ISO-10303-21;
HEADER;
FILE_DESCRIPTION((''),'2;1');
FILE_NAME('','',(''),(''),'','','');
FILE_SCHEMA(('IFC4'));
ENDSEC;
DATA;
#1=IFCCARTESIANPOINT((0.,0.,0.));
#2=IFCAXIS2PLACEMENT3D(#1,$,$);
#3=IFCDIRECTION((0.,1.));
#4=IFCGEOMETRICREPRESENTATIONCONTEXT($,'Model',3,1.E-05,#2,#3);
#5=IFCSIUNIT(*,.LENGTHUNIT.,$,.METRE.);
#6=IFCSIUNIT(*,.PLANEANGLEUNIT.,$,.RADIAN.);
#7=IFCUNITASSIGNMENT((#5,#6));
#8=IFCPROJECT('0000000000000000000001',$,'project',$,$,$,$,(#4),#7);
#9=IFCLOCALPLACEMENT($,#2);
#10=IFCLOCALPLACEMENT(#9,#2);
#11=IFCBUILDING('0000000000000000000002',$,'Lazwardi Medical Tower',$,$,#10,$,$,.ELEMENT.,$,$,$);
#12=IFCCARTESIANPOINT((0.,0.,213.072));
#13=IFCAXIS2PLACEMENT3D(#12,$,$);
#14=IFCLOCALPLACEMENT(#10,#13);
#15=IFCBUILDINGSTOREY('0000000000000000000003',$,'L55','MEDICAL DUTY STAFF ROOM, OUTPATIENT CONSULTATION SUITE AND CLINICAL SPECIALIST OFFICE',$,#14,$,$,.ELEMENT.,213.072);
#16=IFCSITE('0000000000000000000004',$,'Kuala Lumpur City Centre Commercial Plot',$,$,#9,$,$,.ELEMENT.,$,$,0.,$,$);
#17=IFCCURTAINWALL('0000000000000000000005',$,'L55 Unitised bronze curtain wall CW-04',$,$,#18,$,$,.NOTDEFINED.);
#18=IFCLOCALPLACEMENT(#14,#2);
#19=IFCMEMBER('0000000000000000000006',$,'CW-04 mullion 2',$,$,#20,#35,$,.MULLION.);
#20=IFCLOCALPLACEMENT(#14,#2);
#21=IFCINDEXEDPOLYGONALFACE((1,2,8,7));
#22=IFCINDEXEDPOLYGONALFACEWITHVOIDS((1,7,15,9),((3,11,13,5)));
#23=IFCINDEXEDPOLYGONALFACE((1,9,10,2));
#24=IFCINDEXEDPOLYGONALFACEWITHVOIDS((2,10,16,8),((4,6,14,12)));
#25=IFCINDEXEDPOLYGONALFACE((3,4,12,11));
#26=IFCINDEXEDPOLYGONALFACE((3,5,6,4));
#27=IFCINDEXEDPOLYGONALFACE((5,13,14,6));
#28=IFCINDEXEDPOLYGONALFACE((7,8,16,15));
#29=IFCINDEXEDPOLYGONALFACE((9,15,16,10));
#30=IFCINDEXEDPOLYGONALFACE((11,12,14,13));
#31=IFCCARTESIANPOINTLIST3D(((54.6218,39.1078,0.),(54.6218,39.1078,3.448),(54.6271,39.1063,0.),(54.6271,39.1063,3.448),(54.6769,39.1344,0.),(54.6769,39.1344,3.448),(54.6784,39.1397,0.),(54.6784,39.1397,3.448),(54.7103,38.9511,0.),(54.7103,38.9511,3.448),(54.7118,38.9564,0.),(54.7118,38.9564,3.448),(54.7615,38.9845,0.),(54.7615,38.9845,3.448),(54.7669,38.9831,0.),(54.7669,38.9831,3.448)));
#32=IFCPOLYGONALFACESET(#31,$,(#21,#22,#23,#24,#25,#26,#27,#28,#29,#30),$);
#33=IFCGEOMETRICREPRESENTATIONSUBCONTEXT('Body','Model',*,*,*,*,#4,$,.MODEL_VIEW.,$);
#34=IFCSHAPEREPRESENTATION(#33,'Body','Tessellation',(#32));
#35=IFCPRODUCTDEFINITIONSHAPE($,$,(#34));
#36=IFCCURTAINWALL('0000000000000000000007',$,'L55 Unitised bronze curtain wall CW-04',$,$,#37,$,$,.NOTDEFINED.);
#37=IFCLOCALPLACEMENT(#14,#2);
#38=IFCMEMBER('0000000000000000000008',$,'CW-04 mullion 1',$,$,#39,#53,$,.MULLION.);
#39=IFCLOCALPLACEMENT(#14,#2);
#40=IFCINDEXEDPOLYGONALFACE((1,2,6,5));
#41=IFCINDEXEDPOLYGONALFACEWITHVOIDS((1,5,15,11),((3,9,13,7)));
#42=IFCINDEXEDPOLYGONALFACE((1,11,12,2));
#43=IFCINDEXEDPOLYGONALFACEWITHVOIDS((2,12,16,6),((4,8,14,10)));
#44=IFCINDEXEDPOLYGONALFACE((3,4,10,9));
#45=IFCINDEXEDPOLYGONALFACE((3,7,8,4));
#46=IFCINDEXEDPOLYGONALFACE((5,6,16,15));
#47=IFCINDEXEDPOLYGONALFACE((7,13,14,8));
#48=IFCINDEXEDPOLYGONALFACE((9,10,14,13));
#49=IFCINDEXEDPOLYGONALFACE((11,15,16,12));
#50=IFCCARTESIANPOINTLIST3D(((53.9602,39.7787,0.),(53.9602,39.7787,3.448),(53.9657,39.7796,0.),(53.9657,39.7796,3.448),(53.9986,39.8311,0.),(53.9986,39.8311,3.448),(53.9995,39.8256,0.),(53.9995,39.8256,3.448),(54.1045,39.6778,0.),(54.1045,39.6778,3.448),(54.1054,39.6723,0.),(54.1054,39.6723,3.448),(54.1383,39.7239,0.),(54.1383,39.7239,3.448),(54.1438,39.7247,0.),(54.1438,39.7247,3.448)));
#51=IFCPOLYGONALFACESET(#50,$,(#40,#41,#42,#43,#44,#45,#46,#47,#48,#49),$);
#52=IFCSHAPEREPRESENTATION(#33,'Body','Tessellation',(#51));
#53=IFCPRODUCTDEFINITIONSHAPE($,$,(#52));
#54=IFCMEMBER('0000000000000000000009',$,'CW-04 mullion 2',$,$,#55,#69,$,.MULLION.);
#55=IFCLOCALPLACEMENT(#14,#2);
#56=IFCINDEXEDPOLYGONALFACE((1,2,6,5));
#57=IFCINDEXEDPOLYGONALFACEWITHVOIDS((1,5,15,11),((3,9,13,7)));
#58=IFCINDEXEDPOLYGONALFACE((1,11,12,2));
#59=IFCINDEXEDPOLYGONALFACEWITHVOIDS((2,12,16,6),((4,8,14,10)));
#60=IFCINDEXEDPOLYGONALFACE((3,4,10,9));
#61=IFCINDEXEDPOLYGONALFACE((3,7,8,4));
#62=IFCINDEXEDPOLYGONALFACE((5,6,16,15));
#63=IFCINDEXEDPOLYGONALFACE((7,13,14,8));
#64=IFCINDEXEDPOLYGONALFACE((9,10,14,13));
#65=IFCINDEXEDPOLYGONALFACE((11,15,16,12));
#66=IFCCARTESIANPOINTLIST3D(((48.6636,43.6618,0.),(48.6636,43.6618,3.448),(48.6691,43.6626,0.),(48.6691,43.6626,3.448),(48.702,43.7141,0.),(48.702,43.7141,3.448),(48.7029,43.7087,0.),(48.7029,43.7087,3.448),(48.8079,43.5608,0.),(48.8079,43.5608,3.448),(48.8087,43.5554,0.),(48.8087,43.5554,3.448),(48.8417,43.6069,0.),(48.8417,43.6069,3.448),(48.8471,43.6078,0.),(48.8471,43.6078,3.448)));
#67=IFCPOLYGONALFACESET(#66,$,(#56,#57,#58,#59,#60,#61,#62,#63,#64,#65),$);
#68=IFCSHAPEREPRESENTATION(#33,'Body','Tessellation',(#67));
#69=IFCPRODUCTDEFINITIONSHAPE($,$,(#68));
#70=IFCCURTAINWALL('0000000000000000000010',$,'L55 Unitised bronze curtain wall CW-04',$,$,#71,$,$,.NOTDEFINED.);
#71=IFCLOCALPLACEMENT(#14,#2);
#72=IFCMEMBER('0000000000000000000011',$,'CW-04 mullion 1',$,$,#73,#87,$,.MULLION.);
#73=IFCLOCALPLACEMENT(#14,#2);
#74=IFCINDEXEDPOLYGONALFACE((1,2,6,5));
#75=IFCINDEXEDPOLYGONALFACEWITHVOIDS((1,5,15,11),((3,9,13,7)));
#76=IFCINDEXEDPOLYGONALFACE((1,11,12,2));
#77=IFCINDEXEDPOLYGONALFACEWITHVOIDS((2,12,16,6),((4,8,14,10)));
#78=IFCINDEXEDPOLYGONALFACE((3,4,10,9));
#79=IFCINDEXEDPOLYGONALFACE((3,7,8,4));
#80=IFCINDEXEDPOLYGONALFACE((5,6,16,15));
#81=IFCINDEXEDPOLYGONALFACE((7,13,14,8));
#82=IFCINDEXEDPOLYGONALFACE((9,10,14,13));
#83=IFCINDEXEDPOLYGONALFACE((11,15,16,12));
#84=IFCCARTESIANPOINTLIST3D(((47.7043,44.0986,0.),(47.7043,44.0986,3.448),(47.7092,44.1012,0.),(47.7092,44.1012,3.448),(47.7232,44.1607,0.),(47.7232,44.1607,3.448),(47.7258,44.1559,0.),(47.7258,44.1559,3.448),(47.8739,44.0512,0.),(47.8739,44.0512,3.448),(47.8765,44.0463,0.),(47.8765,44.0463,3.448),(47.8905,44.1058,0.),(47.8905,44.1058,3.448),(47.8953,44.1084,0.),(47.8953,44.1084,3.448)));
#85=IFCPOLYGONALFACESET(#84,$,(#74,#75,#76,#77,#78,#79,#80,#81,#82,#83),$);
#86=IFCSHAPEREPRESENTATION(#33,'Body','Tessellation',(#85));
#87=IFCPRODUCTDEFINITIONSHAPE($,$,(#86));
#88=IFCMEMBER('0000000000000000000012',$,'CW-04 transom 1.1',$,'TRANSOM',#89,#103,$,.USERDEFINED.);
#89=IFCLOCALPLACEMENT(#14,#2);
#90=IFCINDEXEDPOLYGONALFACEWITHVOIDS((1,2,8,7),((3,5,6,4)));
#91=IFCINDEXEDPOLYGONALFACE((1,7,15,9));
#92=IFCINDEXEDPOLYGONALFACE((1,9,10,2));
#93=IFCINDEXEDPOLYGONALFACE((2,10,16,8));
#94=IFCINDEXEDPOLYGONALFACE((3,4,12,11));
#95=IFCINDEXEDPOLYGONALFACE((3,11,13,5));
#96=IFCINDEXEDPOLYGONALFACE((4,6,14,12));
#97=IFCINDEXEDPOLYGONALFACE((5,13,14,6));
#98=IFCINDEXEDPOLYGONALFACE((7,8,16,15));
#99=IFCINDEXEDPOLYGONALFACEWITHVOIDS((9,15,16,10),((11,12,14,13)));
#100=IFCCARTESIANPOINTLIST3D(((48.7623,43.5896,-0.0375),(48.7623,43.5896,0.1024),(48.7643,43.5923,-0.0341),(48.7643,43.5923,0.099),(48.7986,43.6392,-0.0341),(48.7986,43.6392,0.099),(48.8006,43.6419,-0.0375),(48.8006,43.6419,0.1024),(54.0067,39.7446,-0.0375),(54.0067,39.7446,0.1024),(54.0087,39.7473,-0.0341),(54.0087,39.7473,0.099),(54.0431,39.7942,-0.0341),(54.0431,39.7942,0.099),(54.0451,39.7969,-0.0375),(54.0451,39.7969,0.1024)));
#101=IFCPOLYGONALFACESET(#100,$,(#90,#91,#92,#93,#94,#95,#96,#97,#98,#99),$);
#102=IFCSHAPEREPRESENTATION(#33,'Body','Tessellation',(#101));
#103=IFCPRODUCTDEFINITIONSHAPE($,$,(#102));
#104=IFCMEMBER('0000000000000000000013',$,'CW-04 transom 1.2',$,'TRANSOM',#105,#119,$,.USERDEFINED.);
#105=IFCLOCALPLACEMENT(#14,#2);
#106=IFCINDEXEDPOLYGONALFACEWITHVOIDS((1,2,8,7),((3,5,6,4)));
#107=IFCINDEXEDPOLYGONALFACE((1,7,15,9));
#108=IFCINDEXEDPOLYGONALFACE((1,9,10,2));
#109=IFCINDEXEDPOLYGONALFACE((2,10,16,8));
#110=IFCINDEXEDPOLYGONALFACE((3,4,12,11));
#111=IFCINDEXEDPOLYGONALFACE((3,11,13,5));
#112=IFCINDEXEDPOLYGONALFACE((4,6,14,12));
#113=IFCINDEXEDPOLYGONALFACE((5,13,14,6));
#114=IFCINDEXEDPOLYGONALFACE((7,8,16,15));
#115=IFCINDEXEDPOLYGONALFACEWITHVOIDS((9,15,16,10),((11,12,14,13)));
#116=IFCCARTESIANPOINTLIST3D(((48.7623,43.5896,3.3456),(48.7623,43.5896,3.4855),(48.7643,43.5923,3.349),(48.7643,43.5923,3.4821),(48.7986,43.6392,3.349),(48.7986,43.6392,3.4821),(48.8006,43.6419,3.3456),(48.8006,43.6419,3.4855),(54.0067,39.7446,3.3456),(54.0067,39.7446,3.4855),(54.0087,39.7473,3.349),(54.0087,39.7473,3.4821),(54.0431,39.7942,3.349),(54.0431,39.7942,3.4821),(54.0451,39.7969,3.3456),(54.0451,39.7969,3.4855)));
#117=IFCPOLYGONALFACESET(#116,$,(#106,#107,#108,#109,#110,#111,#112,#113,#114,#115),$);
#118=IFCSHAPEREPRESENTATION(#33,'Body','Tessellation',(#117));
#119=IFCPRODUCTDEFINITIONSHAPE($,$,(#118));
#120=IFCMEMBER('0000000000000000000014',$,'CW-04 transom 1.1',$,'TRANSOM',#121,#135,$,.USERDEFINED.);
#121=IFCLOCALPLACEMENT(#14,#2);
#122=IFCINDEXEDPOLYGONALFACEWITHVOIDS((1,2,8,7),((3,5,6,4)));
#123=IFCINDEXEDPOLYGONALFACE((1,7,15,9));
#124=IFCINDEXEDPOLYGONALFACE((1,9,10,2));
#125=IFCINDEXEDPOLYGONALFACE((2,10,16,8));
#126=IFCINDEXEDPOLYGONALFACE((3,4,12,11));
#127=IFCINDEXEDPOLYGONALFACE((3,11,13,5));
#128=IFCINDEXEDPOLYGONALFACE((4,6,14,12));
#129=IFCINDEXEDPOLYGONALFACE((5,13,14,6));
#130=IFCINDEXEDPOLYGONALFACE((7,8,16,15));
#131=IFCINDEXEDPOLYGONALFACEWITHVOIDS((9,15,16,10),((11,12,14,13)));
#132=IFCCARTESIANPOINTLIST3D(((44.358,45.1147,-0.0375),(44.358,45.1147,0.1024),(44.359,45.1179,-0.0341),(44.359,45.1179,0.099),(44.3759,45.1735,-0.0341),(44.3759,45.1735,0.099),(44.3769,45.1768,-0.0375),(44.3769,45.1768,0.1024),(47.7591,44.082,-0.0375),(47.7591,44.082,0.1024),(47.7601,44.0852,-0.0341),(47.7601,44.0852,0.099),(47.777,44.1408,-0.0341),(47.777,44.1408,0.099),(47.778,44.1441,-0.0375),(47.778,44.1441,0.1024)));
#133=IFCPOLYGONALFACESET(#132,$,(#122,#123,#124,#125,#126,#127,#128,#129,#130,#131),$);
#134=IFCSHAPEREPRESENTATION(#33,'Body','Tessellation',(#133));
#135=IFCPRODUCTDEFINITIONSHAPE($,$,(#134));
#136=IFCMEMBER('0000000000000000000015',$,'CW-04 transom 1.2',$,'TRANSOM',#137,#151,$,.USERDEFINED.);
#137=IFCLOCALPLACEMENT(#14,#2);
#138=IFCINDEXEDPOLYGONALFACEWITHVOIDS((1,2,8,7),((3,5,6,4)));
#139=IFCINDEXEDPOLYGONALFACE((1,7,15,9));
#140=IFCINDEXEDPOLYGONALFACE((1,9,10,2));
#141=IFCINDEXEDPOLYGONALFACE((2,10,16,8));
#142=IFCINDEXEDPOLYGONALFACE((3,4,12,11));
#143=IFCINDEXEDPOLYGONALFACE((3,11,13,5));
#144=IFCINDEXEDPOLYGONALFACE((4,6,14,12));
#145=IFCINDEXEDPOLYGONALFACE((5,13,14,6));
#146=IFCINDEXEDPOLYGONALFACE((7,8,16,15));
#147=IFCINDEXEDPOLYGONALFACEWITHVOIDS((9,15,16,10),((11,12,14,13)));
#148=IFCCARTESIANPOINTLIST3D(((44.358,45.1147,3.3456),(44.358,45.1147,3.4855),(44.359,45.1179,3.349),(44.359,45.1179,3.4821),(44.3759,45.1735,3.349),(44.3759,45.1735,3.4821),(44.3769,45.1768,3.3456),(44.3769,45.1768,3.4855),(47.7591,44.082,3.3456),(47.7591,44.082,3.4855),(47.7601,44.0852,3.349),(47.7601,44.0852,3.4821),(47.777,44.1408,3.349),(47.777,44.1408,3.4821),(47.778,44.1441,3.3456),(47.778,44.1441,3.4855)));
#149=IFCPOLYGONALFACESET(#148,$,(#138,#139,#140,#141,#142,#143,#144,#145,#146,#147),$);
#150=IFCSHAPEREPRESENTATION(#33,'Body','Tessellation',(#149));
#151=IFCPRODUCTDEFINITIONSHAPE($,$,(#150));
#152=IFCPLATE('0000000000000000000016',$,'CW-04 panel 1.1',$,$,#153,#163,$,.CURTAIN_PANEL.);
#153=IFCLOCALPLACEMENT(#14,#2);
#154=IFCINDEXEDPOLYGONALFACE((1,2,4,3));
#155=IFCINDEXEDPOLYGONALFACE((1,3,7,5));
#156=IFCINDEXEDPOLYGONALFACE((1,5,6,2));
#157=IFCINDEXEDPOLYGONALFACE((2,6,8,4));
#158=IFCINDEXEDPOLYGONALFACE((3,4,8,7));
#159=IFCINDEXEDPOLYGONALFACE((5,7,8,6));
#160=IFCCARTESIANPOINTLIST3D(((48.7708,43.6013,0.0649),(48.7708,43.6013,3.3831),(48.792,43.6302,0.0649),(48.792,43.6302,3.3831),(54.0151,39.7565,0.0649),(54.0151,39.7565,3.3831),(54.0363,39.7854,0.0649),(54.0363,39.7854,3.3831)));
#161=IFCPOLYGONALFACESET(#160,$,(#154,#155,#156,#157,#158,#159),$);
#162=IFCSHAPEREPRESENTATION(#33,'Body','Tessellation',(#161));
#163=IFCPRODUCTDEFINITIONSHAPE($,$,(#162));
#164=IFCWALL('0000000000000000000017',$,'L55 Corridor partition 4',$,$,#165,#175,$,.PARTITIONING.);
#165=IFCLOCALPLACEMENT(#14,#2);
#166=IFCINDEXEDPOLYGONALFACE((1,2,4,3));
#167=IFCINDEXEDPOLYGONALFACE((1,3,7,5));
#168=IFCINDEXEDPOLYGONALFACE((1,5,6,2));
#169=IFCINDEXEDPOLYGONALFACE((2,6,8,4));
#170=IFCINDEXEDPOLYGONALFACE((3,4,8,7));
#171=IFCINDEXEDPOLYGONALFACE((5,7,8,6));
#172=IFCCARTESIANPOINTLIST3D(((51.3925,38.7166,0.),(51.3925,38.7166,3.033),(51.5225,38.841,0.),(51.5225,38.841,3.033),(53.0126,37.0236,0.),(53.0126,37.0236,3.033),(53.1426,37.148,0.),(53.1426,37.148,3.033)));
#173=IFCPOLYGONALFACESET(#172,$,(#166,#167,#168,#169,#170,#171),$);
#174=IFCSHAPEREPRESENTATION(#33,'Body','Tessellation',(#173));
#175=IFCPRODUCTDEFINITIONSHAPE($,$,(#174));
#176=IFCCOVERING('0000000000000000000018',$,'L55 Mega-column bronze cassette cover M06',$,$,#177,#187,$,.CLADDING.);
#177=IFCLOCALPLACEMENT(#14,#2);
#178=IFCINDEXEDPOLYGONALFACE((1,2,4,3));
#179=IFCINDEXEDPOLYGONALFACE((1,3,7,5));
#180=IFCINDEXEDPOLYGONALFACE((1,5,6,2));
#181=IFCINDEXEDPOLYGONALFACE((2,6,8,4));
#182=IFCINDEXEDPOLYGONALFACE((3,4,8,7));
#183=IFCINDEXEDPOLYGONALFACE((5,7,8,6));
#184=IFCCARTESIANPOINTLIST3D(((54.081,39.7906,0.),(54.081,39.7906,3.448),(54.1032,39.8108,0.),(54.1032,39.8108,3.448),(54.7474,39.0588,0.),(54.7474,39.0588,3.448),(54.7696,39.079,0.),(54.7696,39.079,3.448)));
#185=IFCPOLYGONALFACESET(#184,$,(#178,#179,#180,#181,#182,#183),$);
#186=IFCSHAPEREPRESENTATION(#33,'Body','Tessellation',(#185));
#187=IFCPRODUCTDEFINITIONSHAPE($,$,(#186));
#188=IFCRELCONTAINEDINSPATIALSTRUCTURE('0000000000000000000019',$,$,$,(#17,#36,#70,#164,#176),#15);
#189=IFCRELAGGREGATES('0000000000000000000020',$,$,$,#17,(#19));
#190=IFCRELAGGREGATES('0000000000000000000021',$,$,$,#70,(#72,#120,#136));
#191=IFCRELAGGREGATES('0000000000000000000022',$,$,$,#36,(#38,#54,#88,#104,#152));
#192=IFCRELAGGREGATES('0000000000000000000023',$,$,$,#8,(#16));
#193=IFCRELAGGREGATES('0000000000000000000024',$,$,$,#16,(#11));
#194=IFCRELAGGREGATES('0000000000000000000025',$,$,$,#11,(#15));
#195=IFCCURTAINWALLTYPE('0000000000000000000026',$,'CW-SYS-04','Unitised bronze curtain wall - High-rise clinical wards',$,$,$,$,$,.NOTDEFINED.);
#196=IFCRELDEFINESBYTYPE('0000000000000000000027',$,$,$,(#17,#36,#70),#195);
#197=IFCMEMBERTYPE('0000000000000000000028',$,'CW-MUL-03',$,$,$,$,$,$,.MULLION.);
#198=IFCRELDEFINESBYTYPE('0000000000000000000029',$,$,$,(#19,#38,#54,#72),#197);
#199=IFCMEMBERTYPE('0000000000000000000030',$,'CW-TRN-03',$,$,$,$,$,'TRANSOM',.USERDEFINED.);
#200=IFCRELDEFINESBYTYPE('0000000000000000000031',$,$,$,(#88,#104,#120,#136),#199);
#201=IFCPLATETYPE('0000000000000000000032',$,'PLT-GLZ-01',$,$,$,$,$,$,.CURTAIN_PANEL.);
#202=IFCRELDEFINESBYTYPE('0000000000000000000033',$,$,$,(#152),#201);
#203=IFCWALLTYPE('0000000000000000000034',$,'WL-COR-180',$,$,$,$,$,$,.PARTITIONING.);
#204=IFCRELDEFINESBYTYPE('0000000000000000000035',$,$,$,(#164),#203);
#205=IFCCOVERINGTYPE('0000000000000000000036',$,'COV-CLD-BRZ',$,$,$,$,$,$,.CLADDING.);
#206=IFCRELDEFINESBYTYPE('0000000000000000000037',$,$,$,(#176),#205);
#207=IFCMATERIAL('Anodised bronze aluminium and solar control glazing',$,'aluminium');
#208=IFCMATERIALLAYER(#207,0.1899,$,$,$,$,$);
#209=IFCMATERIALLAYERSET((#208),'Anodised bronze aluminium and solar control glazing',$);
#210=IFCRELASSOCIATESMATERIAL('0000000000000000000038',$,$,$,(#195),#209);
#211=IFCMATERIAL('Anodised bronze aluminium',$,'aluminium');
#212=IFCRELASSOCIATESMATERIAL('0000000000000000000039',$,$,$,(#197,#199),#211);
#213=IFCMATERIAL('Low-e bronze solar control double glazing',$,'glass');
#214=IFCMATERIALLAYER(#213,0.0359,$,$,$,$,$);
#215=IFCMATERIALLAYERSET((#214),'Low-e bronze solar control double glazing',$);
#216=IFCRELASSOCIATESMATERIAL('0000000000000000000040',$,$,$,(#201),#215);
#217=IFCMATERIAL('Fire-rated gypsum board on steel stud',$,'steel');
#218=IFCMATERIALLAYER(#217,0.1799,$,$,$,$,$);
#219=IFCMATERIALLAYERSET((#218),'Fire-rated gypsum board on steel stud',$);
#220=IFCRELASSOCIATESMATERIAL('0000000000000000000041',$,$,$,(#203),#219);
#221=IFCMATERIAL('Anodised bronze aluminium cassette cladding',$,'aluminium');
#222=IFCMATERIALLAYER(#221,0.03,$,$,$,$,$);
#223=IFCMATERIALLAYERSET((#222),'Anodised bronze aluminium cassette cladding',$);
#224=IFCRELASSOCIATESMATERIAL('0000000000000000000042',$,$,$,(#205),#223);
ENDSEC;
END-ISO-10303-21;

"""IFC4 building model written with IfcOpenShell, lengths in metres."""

from ifc_helpers import new_model, si_unit, direction, frame, frame_2d, origin, origin_2d, place, context, subcontext, project, spatial, rectangle, hollow_rectangle, extrude, material, layer, layer_set, material_profile, profile_set, type_object, element, aggregate, save


model = new_model("IFC4")

# Units and contexts
model_context = context("Model", 3, precision=1e-05, world=origin(), true_north=direction((0.0, 1.0)))
body_context = subcontext(model_context, "Body", "Model", "MODEL_VIEW")
ifc_project = project(units=[si_unit("LENGTHUNIT", "METRE"), si_unit("PLANEANGLEUNIT", "RADIAN")], contexts=[model_context])

# Site, building, storey
site_placement = place(None, origin())
site = spatial("IfcSite", under=ifc_project, at=site_placement, Name="Kuala Lumpur City Centre Commercial Plot", CompositionType="ELEMENT", RefElevation=0.0)
building_placement = place(site_placement, origin())
building = spatial("IfcBuilding", under=site, at=building_placement, Name="Lazwardi Medical Tower", CompositionType="ELEMENT")
storey_placement = place(building_placement, frame((0.0, 0.0, 213.072)))
storey = spatial("IfcBuildingStorey", under=building, at=storey_placement, Name="L55", Description="MEDICAL DUTY STAFF ROOM, OUTPATIENT CONSULTATION SUITE AND CLINICAL SPECIALIST OFFICE", CompositionType="ELEMENT", Elevation=213.072)

# Curtain wall, member
ifc_material_1 = material(Name="Anodised bronze aluminium and solar control glazing", Category="aluminium")
ifc_layer_1 = layer(ifc_material_1, 0.1899)
ifc_layer_set_1 = layer_set([ifc_layer_1], Name="Anodised bronze aluminium and solar control glazing")
curtain_wall_type = type_object("IfcCurtainWallType", Name="CW-SYS-04", Description="Unitised bronze curtain wall - High-rise clinical wards", PredefinedType="NOTDEFINED", material=ifc_layer_set_1)
curtain_wall_1_placement = place(storey_placement, origin())
curtain_wall_1 = element("IfcCurtainWall", 1, at=curtain_wall_1_placement, inside=storey, type_object=curtain_wall_type, Name="L55 Unitised bronze curtain wall CW-04", PredefinedType="NOTDEFINED")
ifc_material_2 = material(Name="Anodised bronze aluminium", Category="aluminium")
ifc_material_profile_1 = material_profile(ifc_material_2, hollow_rectangle(XDim=0.0649, YDim=0.1799, WallThickness=0.0039, at=origin_2d()), Name="ALU-MULLION 180x65x4")
ifc_profile_set_1 = profile_set([ifc_material_profile_1], Name="Anodised bronze aluminium")
member_type_1 = type_object("IfcMemberType", Name="CW-MUL-03", PredefinedType="MULLION", material=ifc_profile_set_1)
member_1_placement = place(storey_placement, frame((54.6943, 39.0454, 0.0), z_axis=(0.0, 0.0, 1.0), x_axis=(-0.870651, -0.4919, 0.0)))
member_1 = element("IfcMember", 2, at=member_1_placement, type_object=member_type_1, Name="CW-04 mullion 2", PredefinedType="MULLION", context=body_context, shape_type="SweptSolid", body=[
    extrude(hollow_rectangle(XDim=0.0649, YDim=0.1799, WallThickness=0.0039, at=origin_2d()), origin(), (0.0, 0.0, 1.0), 3.448),
])
aggregate(curtain_wall_1, [member_1])

# Curtain wall, members
curtain_wall_2_placement = place(storey_placement, origin())
curtain_wall_2 = element("IfcCurtainWall", 3, at=curtain_wall_2_placement, inside=storey, type_object=curtain_wall_type, Name="L55 Unitised bronze curtain wall CW-04", PredefinedType="NOTDEFINED")
member_2_placement = place(storey_placement, frame((54.052, 39.7517, 0.0), z_axis=(0.0, 0.0, 1.0), x_axis=(-0.591268, -0.806475, 0.0)))
member_2 = element("IfcMember", 4, at=member_2_placement, type_object=member_type_1, Name="CW-04 mullion 1", PredefinedType="MULLION", context=body_context, shape_type="SweptSolid", body=[
    extrude(hollow_rectangle(XDim=0.0649, YDim=0.1799, WallThickness=0.0039, at=origin_2d()), origin(), (0.0, 0.0, 1.0), 3.448),
])
member_3_placement = place(storey_placement, frame((48.7554, 43.6348, 0.0), z_axis=(0.0, 0.0, 1.0), x_axis=(-0.591268, -0.806475, 0.0)))
member_3 = element("IfcMember", 5, at=member_3_placement, type_object=member_type_1, Name="CW-04 mullion 2", PredefinedType="MULLION", context=body_context, shape_type="SweptSolid", body=[
    extrude(hollow_rectangle(XDim=0.0649, YDim=0.1799, WallThickness=0.0039, at=origin_2d()), origin(), (0.0, 0.0, 1.0), 3.448),
])

# Curtain wall, member
curtain_wall_3_placement = place(storey_placement, origin())
curtain_wall_3 = element("IfcCurtainWall", 6, at=curtain_wall_3_placement, inside=storey, type_object=curtain_wall_type, Name="L55 Unitised bronze curtain wall CW-04", PredefinedType="NOTDEFINED")
member_4_placement = place(storey_placement, frame((47.7998, 44.1035, 0.0), z_axis=(0.0, 0.0, 1.0), x_axis=(-0.290582, -0.95685, 0.0)))
member_4 = element("IfcMember", 7, at=member_4_placement, type_object=member_type_1, Name="CW-04 mullion 1", PredefinedType="MULLION", context=body_context, shape_type="SweptSolid", body=[
    extrude(hollow_rectangle(XDim=0.0649, YDim=0.1799, WallThickness=0.0039, at=origin_2d()), origin(), (0.0, 0.0, 1.0), 3.448),
])

# Members
ifc_material_profile_2 = material_profile(ifc_material_2, hollow_rectangle(XDim=0.0649, YDim=0.1399, WallThickness=0.0034, at=origin_2d()), Name="ALU-TRANSOM 140x65x3.5")
ifc_profile_set_2 = profile_set([ifc_material_profile_2], Name="Anodised bronze aluminium")
member_type_2 = type_object("IfcMemberType", Name="CW-TRN-03", ElementType="TRANSOM", PredefinedType="USERDEFINED", material=ifc_profile_set_2)
member_5_placement = place(storey_placement, frame((54.0259, 39.7708, 0.0325), z_axis=(-0.806472, 0.591273, 0.0), x_axis=(-0.591273, -0.806472, 0.0)))
member_5 = element("IfcMember", 8, at=member_5_placement, type_object=member_type_2, Name="CW-04 transom 1.1", ObjectType="TRANSOM", PredefinedType="USERDEFINED", context=body_context, shape_type="SweptSolid", body=[
    extrude(hollow_rectangle(XDim=0.0649, YDim=0.1399, WallThickness=0.0034, at=origin_2d()), origin(), (0.0, 0.0, 1.0), 6.5029),
])
member_6_placement = place(storey_placement, frame((54.0259, 39.7708, 3.4155), z_axis=(-0.806472, 0.591273, 0.0), x_axis=(-0.591273, -0.806472, 0.0)))
member_6 = element("IfcMember", 9, at=member_6_placement, type_object=member_type_2, Name="CW-04 transom 1.2", ObjectType="TRANSOM", PredefinedType="USERDEFINED", context=body_context, shape_type="SweptSolid", body=[
    extrude(hollow_rectangle(XDim=0.0649, YDim=0.1399, WallThickness=0.0034, at=origin_2d()), origin(), (0.0, 0.0, 1.0), 6.5029),
])
member_7_placement = place(storey_placement, frame((47.7686, 44.113, 0.0325), z_axis=(-0.956863, 0.290541, 0.0), x_axis=(-0.290541, -0.956863, 0.0)))
member_7 = element("IfcMember", 10, at=member_7_placement, type_object=member_type_2, Name="CW-04 transom 1.1", ObjectType="TRANSOM", PredefinedType="USERDEFINED", context=body_context, shape_type="SweptSolid", body=[
    extrude(hollow_rectangle(XDim=0.0649, YDim=0.1399, WallThickness=0.0034, at=origin_2d()), origin(), (0.0, 0.0, 1.0), 3.5544),
])
member_8_placement = place(storey_placement, frame((47.7686, 44.113, 3.4155), z_axis=(-0.956863, 0.290541, 0.0), x_axis=(-0.290541, -0.956863, 0.0)))
member_8 = element("IfcMember", 11, at=member_8_placement, type_object=member_type_2, Name="CW-04 transom 1.2", ObjectType="TRANSOM", PredefinedType="USERDEFINED", context=body_context, shape_type="SweptSolid", body=[
    extrude(hollow_rectangle(XDim=0.0649, YDim=0.1399, WallThickness=0.0034, at=origin_2d()), origin(), (0.0, 0.0, 1.0), 3.5544),
])
aggregate(curtain_wall_3, [member_4, member_7, member_8])

# Plate
ifc_material_3 = material(Name="Low-e bronze solar control double glazing", Category="glass")
ifc_layer_2 = layer(ifc_material_3, 0.0359)
ifc_layer_set_2 = layer_set([ifc_layer_2], Name="Low-e bronze solar control double glazing")
plate_type = type_object("IfcPlateType", Name="PLT-GLZ-01", PredefinedType="CURTAIN_PANEL", material=ifc_layer_set_2)
plate_placement = place(storey_placement, frame((51.4036, 41.6934, 0.0649), z_axis=(0.0, 0.0, 1.0), x_axis=(-0.806475, 0.591268, 0.0)))
plate = element("IfcPlate", 12, at=plate_placement, type_object=plate_type, Name="CW-04 panel 1.1", PredefinedType="CURTAIN_PANEL", context=body_context, shape_type="SweptSolid", body=[
    extrude(rectangle(XDim=6.5027, YDim=0.0359, at=origin_2d()), origin(), (0.0, 0.0, 1.0), 3.3181),
])
aggregate(curtain_wall_2, [member_2, member_3, member_5, member_6, plate])

# Wall
ifc_material_4 = material(Name="Fire-rated gypsum board on steel stud", Category="steel")
ifc_layer_3 = layer(ifc_material_4, 0.1799)
ifc_layer_set_3 = layer_set([ifc_layer_3], Name="Fire-rated gypsum board on steel stud")
wall_type = type_object("IfcWallType", Name="WL-COR-180", PredefinedType="PARTITIONING", material=ifc_layer_set_3)
wall_placement = place(storey_placement, frame((51.4575, 38.7788, 0.0), z_axis=(0.0, 0.0, 1.0), x_axis=(0.69136, -0.722511, 0.0)))
element("IfcWall", 13, at=wall_placement, inside=storey, type_object=wall_type, Name="L55 Corridor partition 4", PredefinedType="PARTITIONING", context=body_context, shape_type="SweptSolid", body=[
    extrude(rectangle(XDim=2.3433, YDim=0.1799, at=frame_2d((1.1716, 0.0))), origin(), (0.0, 0.0, 1.0), 3.033),
])

# Covering
ifc_material_5 = material(Name="Anodised bronze aluminium cassette cladding", Category="aluminium")
ifc_layer_4 = layer(ifc_material_5, 0.03)
ifc_layer_set_4 = layer_set([ifc_layer_4], Name="Anodised bronze aluminium cassette cladding")
covering_type = type_object("IfcCoveringType", Name="COV-CLD-BRZ", PredefinedType="CLADDING", material=ifc_layer_set_4)
covering_1_placement = place(storey_placement, frame((54.4253, 39.4348, 0.0), z_axis=(0.0, 0.0, 1.0), x_axis=(-0.673241, 0.739423, 0.0)))
element("IfcCovering", 14, at=covering_1_placement, inside=storey, type_object=covering_type, Name="L55 Mega-column bronze cassette cover M06", PredefinedType="CLADDING", context=body_context, shape_type="SweptSolid", body=[
    extrude(rectangle(XDim=0.9897, YDim=0.03, at=origin_2d()), origin(), (0.0, 0.0, 1.0), 3.448),
])

save(model, "model.ifc")
